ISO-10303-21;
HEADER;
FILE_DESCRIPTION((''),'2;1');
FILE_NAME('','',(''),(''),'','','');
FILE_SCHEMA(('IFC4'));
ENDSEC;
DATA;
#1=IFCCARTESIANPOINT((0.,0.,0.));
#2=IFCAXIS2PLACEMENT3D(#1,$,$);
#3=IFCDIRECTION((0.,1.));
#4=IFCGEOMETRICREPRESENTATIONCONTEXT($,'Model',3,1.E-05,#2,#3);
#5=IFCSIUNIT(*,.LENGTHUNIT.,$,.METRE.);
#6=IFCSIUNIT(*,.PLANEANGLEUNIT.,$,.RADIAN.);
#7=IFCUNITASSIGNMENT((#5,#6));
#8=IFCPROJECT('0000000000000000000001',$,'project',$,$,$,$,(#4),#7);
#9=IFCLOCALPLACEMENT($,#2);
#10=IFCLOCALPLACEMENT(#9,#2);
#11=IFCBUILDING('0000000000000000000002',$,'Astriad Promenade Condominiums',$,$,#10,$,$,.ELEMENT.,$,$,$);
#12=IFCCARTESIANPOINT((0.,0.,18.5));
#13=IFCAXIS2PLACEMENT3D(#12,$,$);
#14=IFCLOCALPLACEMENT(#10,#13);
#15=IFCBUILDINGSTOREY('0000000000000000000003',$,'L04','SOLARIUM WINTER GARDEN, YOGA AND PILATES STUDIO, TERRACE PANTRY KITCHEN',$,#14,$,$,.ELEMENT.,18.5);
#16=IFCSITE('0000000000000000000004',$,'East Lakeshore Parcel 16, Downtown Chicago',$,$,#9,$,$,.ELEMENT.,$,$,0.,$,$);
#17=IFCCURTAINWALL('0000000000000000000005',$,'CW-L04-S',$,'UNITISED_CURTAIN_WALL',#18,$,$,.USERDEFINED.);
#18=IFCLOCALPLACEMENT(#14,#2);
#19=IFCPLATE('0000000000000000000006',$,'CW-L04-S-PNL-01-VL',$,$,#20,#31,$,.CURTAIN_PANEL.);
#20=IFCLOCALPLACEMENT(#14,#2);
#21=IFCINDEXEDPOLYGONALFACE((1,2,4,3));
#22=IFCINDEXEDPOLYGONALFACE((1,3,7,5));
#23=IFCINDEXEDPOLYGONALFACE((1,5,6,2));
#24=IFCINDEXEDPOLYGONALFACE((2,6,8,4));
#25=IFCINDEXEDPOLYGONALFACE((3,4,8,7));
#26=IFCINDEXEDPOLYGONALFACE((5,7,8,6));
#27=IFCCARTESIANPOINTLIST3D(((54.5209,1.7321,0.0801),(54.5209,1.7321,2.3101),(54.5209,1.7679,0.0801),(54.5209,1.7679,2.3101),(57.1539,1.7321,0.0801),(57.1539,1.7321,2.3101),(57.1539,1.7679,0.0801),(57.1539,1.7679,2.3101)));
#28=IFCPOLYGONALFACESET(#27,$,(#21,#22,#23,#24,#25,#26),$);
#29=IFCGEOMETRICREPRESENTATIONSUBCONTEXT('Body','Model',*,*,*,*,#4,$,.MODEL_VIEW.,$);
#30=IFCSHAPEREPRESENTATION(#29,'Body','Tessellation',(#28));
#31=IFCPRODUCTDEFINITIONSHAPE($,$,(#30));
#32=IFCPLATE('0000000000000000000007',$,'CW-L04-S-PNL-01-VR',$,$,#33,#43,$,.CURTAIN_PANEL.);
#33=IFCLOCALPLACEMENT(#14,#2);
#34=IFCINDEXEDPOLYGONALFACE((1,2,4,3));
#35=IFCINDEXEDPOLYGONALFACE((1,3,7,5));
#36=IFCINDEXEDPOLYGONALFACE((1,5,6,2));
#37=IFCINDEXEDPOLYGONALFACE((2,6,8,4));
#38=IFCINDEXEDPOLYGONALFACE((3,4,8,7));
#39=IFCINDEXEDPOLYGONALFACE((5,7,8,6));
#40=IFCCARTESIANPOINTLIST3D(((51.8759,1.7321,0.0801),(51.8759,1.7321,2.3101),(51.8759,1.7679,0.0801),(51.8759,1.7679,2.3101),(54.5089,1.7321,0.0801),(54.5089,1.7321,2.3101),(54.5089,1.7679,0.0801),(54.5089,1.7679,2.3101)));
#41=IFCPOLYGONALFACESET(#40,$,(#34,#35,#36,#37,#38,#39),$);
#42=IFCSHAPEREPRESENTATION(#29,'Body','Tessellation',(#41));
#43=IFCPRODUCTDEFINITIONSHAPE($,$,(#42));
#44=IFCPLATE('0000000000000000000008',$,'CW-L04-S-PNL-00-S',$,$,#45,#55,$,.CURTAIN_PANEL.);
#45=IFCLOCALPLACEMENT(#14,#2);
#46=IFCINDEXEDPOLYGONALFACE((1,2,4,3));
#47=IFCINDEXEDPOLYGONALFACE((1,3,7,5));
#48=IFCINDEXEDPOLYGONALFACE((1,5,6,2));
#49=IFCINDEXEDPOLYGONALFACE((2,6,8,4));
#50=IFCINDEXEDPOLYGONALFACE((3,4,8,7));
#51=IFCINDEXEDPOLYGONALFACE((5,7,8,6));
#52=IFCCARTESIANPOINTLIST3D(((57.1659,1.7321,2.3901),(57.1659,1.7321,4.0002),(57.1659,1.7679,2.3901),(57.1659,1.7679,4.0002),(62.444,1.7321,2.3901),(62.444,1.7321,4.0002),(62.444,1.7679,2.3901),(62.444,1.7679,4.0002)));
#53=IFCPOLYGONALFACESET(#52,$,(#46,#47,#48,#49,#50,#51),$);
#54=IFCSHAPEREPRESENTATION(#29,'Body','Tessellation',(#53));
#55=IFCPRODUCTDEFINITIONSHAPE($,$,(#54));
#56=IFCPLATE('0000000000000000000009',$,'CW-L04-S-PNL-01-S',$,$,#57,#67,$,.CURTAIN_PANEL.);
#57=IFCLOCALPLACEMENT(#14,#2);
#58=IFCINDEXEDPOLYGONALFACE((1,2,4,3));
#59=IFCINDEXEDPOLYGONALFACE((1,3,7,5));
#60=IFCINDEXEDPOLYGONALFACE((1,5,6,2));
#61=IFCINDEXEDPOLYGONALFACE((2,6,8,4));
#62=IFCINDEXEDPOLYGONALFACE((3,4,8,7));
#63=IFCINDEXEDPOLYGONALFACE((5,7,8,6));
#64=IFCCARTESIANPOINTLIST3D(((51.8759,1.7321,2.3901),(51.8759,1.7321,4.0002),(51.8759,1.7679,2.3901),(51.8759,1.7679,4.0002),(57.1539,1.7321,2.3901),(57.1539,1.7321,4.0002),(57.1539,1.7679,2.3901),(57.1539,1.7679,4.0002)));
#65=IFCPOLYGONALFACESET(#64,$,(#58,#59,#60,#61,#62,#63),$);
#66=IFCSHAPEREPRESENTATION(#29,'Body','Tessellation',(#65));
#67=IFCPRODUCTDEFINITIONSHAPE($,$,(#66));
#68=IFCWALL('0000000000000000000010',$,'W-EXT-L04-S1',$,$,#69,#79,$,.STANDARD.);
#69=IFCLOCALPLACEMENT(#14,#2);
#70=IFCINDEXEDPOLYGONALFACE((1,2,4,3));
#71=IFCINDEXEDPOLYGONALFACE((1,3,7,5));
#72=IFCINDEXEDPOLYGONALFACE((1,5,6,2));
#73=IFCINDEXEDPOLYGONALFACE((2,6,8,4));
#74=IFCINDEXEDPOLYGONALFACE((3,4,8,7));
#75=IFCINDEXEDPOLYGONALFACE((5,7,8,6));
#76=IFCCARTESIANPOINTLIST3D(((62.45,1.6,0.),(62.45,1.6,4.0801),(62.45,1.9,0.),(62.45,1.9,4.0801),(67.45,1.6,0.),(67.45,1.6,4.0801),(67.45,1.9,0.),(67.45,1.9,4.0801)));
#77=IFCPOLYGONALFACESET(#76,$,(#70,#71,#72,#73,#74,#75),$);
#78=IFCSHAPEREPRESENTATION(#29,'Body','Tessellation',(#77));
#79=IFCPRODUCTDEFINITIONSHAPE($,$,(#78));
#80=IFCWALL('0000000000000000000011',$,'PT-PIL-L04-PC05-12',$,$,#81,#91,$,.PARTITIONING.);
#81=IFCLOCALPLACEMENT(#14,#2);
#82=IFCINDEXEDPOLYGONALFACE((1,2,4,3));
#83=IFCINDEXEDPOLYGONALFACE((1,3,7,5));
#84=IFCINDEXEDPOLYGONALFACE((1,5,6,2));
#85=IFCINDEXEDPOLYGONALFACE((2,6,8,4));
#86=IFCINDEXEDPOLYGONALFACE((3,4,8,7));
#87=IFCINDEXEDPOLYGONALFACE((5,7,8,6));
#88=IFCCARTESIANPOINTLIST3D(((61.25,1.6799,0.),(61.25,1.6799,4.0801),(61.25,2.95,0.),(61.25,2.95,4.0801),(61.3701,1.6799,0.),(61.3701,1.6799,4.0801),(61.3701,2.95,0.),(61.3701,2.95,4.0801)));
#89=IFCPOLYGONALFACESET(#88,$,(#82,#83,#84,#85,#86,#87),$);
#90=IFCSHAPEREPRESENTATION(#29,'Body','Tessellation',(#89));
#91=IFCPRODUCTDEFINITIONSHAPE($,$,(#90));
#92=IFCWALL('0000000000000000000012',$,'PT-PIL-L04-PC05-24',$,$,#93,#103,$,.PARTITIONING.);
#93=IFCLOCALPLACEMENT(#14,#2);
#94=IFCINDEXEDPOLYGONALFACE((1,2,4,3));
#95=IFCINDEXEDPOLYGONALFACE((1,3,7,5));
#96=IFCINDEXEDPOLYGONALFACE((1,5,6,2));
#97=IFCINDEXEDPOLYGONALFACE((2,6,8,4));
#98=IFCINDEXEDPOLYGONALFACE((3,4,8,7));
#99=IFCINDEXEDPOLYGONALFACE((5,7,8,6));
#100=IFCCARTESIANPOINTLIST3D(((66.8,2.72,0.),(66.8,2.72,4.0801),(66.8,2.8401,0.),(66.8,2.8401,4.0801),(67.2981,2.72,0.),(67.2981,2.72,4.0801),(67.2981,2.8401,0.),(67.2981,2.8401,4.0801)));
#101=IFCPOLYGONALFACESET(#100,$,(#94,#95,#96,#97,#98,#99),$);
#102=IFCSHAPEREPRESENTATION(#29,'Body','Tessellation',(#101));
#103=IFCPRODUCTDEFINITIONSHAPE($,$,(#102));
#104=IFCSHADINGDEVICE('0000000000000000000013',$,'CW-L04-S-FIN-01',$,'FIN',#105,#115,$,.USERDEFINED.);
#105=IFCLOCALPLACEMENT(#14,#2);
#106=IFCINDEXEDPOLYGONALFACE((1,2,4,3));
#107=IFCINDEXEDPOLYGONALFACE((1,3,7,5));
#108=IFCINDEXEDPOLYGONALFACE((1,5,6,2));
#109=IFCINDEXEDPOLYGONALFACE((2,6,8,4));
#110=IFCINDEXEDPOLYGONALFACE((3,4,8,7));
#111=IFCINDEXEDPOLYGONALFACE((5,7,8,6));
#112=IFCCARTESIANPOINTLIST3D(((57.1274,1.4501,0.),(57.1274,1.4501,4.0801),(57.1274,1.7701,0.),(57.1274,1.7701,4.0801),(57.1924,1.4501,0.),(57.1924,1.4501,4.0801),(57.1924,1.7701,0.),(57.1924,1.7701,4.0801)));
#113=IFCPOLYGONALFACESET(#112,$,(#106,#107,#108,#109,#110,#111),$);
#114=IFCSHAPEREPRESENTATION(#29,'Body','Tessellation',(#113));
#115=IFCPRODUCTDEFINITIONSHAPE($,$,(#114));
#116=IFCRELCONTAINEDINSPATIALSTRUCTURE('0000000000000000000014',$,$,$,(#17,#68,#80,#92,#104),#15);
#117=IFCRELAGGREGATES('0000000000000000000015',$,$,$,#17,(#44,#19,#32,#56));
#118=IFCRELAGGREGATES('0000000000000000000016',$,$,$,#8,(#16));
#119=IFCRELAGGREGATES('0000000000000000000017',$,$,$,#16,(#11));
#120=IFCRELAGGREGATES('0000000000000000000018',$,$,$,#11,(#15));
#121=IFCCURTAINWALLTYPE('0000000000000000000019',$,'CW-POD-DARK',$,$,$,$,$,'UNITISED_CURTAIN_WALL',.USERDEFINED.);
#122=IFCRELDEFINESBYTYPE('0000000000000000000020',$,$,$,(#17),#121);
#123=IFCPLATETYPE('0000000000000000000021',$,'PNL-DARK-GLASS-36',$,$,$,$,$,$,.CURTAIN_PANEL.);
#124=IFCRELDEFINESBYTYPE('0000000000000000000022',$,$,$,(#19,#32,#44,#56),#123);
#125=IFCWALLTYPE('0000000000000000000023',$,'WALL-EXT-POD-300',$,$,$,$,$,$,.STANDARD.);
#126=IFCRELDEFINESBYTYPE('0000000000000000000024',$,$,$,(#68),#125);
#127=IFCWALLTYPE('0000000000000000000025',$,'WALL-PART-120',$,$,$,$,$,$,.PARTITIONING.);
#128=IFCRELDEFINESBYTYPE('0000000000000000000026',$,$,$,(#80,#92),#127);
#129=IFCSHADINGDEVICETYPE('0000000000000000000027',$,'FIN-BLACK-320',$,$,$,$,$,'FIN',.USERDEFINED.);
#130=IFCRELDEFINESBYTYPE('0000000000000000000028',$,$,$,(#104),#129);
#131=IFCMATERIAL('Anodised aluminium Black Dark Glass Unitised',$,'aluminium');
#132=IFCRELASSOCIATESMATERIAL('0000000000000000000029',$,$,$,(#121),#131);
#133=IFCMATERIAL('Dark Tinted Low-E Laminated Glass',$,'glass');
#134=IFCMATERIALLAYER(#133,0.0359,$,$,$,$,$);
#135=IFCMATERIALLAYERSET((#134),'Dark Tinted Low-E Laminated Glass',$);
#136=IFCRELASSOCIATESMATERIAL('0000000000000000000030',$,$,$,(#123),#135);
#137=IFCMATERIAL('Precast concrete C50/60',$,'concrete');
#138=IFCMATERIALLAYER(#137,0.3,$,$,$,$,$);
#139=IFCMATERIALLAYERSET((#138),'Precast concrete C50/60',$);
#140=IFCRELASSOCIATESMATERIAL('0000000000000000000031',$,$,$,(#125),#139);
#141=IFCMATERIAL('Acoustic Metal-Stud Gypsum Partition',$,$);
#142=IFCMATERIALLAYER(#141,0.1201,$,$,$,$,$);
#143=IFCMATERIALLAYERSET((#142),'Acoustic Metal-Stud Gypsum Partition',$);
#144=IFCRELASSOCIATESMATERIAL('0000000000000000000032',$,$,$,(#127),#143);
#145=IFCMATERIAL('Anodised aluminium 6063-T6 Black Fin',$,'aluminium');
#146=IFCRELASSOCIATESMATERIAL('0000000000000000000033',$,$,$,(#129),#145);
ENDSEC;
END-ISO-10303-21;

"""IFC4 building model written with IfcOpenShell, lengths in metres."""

from ifc_helpers import new_model, si_unit, direction, frame, frame_2d, origin, origin_2d, place, context, subcontext, project, spatial, rectangle, extrude, source, transform, mapped, material, layer, layer_set, type_object, type_shapes, element, aggregate, save


model = new_model("IFC4")

# Units and contexts
model_context = context("Model", 3, precision=1e-05, world=origin(), true_north=direction((0.0, 1.0)))
body_context = subcontext(model_context, "Body", "Model", "MODEL_VIEW")
ifc_project = project(units=[si_unit("LENGTHUNIT", "METRE"), si_unit("PLANEANGLEUNIT", "RADIAN")], contexts=[model_context])

# Site, building, storey
site_placement = place(None, origin())
site = spatial("IfcSite", under=ifc_project, at=site_placement, Name="East Lakeshore Parcel 16, Downtown Chicago", CompositionType="ELEMENT", RefElevation=0.0)
building_placement = place(site_placement, origin())
building = spatial("IfcBuilding", under=site, at=building_placement, Name="Astriad Promenade Condominiums", CompositionType="ELEMENT")
storey_placement = place(building_placement, frame((0.0, 0.0, 18.5)))
storey = spatial("IfcBuildingStorey", under=building, at=storey_placement, Name="L04", Description="SOLARIUM WINTER GARDEN, YOGA AND PILATES STUDIO, TERRACE PANTRY KITCHEN", CompositionType="ELEMENT", Elevation=18.5)

# Curtain wall
ifc_material_1 = material(Name="Anodised aluminium Black Dark Glass Unitised", Category="aluminium")
curtain_wall_type = type_object("IfcCurtainWallType", Name="CW-POD-DARK", ElementType="UNITISED_CURTAIN_WALL", PredefinedType="USERDEFINED", material=ifc_material_1)
curtain_wall_placement = place(storey_placement, origin())
curtain_wall = element("IfcCurtainWall", 1, at=curtain_wall_placement, inside=storey, type_object=curtain_wall_type, Name="CW-L04-S", ObjectType="UNITISED_CURTAIN_WALL", PredefinedType="USERDEFINED")

# Plates
ifc_material_2 = material(Name="Dark Tinted Low-E Laminated Glass", Category="glass")
ifc_layer_1 = layer(ifc_material_2, 0.0359)
ifc_layer_set_1 = layer_set([ifc_layer_1], Name="Dark Tinted Low-E Laminated Glass")
plate_type_1 = type_object("IfcPlateType", Name="PNL-DARK-GLASS-36", PredefinedType="CURTAIN_PANEL", material=ifc_layer_set_1)
shared_shape_1 = source(origin(), body_context, "Body", "SweptSolid", [
    extrude(rectangle(XDim=2.6331, YDim=0.0359, at=origin_2d()), origin(), (0.0, 0.0, 1.0), 2.23),
])
plate_1_placement = place(storey_placement, frame((55.8374, 1.75, 0.0801), z_axis=(0.0, 0.0, 1.0), x_axis=(-1.0, 0.0, 0.0)))
plate_1 = element("IfcPlate", 2, at=plate_1_placement, type_object=plate_type_1, Name="CW-L04-S-PNL-01-VL", PredefinedType="CURTAIN_PANEL", context=body_context, shape_type="MappedRepresentation", body=[
    mapped(shared_shape_1, transform((0.0, 0.0, 0.0), scale=1.0)),
])
plate_2_placement = place(storey_placement, frame((53.1924, 1.75, 0.0801), z_axis=(0.0, 0.0, 1.0), x_axis=(-1.0, 0.0, 0.0)))
plate_2 = element("IfcPlate", 3, at=plate_2_placement, type_object=plate_type_1, Name="CW-L04-S-PNL-01-VR", PredefinedType="CURTAIN_PANEL", context=body_context, shape_type="MappedRepresentation", body=[
    mapped(shared_shape_1, transform((0.0, 0.0, 0.0), scale=1.0)),
])
shared_shape_2 = source(origin(), body_context, "Body", "SweptSolid", [
    extrude(rectangle(XDim=5.2781, YDim=0.0359, at=origin_2d()), origin(), (0.0, 0.0, 1.0), 1.6101),
])
type_shapes(plate_type_1, [shared_shape_1, shared_shape_2])
plate_3_placement = place(storey_placement, frame((59.8049, 1.75, 2.3901), z_axis=(0.0, 0.0, 1.0), x_axis=(-1.0, 0.0, 0.0)))
plate_3 = element("IfcPlate", 4, at=plate_3_placement, type_object=plate_type_1, Name="CW-L04-S-PNL-00-S", PredefinedType="CURTAIN_PANEL", context=body_context, shape_type="MappedRepresentation", body=[
    mapped(shared_shape_2, transform((0.0, 0.0, 0.0), scale=1.0)),
])
plate_4_placement = place(storey_placement, frame((54.5149, 1.75, 2.3901), z_axis=(0.0, 0.0, 1.0), x_axis=(-1.0, 0.0, 0.0)))
plate_4 = element("IfcPlate", 5, at=plate_4_placement, type_object=plate_type_1, Name="CW-L04-S-PNL-01-S", PredefinedType="CURTAIN_PANEL", context=body_context, shape_type="MappedRepresentation", body=[
    mapped(shared_shape_2, transform((0.0, 0.0, 0.0), scale=1.0)),
])
aggregate(curtain_wall, [plate_3, plate_1, plate_2, plate_4])

# Walls
ifc_material_3 = material(Name="Precast concrete C50/60", Category="concrete")
ifc_layer_2 = layer(ifc_material_3, 0.3)
ifc_layer_set_2 = layer_set([ifc_layer_2], Name="Precast concrete C50/60")
wall_type_1 = type_object("IfcWallType", Name="WALL-EXT-POD-300", PredefinedType="STANDARD", material=ifc_layer_set_2)
wall_1_placement = place(storey_placement, frame((67.45, 1.75, 0.0), z_axis=(0.0, 0.0, 1.0), x_axis=(-1.0, 0.0, 0.0)))
element("IfcWall", 6, at=wall_1_placement, inside=storey, type_object=wall_type_1, Name="W-EXT-L04-S1", PredefinedType="STANDARD", context=body_context, shape_type="SweptSolid", body=[
    extrude(rectangle(XDim=5.0, YDim=0.3, at=frame_2d((2.5, 0.0))), origin(), (0.0, 0.0, 1.0), 4.0801),
])
ifc_material_4 = material(Name="Acoustic Metal-Stud Gypsum Partition")
ifc_layer_3 = layer(ifc_material_4, 0.1201)
ifc_layer_set_3 = layer_set([ifc_layer_3], Name="Acoustic Metal-Stud Gypsum Partition")
wall_type_2 = type_object("IfcWallType", Name="WALL-PART-120", PredefinedType="PARTITIONING", material=ifc_layer_set_3)
wall_2_placement = place(storey_placement, frame((61.3101, 2.95, 0.0), z_axis=(0.0, 0.0, 1.0), x_axis=(0.0, -1.0, 0.0)))
element("IfcWall", 7, at=wall_2_placement, inside=storey, type_object=wall_type_2, Name="PT-PIL-L04-PC05-12", PredefinedType="PARTITIONING", context=body_context, shape_type="SweptSolid", body=[
    extrude(rectangle(XDim=1.27, YDim=0.1201, at=frame_2d((0.635, 0.0))), origin(), (0.0, 0.0, 1.0), 4.0801),
])
wall_3_placement = place(storey_placement, frame((66.8, 2.78, 0.0), z_axis=(0.0, 0.0, 1.0), x_axis=(1.0, 0.0, 0.0)))
element("IfcWall", 8, at=wall_3_placement, inside=storey, type_object=wall_type_2, Name="PT-PIL-L04-PC05-24", PredefinedType="PARTITIONING", context=body_context, shape_type="SweptSolid", body=[
    extrude(rectangle(XDim=0.498, YDim=0.1201, at=frame_2d((0.249, 0.0))), origin(), (0.0, 0.0, 1.0), 4.0801),
])

# Shading device
ifc_material_5 = material(Name="Anodised aluminium 6063-T6 Black Fin", Category="aluminium")
shading_device_type = type_object("IfcShadingDeviceType", Name="FIN-BLACK-320", ElementType="FIN", PredefinedType="USERDEFINED", material=ifc_material_5)
shared_shape_3 = source(origin(), body_context, "Body", "SweptSolid", [
    extrude(rectangle(XDim=0.0649, YDim=0.3201, at=origin_2d()), origin(), (0.0, 0.0, 1.0), 4.0801),
])
type_shapes(shading_device_type, [shared_shape_3])
shading_device_placement = place(storey_placement, frame((57.1599, 1.6101, 0.0), z_axis=(0.0, 0.0, 1.0), x_axis=(-1.0, 0.0, 0.0)))
element("IfcShadingDevice", 9, at=shading_device_placement, inside=storey, type_object=shading_device_type, Name="CW-L04-S-FIN-01", ObjectType="FIN", PredefinedType="USERDEFINED", context=body_context, shape_type="MappedRepresentation", body=[
    mapped(shared_shape_3, transform((0.0, 0.0, 0.0), scale=1.0)),
])

save(model, "model.ifc")
